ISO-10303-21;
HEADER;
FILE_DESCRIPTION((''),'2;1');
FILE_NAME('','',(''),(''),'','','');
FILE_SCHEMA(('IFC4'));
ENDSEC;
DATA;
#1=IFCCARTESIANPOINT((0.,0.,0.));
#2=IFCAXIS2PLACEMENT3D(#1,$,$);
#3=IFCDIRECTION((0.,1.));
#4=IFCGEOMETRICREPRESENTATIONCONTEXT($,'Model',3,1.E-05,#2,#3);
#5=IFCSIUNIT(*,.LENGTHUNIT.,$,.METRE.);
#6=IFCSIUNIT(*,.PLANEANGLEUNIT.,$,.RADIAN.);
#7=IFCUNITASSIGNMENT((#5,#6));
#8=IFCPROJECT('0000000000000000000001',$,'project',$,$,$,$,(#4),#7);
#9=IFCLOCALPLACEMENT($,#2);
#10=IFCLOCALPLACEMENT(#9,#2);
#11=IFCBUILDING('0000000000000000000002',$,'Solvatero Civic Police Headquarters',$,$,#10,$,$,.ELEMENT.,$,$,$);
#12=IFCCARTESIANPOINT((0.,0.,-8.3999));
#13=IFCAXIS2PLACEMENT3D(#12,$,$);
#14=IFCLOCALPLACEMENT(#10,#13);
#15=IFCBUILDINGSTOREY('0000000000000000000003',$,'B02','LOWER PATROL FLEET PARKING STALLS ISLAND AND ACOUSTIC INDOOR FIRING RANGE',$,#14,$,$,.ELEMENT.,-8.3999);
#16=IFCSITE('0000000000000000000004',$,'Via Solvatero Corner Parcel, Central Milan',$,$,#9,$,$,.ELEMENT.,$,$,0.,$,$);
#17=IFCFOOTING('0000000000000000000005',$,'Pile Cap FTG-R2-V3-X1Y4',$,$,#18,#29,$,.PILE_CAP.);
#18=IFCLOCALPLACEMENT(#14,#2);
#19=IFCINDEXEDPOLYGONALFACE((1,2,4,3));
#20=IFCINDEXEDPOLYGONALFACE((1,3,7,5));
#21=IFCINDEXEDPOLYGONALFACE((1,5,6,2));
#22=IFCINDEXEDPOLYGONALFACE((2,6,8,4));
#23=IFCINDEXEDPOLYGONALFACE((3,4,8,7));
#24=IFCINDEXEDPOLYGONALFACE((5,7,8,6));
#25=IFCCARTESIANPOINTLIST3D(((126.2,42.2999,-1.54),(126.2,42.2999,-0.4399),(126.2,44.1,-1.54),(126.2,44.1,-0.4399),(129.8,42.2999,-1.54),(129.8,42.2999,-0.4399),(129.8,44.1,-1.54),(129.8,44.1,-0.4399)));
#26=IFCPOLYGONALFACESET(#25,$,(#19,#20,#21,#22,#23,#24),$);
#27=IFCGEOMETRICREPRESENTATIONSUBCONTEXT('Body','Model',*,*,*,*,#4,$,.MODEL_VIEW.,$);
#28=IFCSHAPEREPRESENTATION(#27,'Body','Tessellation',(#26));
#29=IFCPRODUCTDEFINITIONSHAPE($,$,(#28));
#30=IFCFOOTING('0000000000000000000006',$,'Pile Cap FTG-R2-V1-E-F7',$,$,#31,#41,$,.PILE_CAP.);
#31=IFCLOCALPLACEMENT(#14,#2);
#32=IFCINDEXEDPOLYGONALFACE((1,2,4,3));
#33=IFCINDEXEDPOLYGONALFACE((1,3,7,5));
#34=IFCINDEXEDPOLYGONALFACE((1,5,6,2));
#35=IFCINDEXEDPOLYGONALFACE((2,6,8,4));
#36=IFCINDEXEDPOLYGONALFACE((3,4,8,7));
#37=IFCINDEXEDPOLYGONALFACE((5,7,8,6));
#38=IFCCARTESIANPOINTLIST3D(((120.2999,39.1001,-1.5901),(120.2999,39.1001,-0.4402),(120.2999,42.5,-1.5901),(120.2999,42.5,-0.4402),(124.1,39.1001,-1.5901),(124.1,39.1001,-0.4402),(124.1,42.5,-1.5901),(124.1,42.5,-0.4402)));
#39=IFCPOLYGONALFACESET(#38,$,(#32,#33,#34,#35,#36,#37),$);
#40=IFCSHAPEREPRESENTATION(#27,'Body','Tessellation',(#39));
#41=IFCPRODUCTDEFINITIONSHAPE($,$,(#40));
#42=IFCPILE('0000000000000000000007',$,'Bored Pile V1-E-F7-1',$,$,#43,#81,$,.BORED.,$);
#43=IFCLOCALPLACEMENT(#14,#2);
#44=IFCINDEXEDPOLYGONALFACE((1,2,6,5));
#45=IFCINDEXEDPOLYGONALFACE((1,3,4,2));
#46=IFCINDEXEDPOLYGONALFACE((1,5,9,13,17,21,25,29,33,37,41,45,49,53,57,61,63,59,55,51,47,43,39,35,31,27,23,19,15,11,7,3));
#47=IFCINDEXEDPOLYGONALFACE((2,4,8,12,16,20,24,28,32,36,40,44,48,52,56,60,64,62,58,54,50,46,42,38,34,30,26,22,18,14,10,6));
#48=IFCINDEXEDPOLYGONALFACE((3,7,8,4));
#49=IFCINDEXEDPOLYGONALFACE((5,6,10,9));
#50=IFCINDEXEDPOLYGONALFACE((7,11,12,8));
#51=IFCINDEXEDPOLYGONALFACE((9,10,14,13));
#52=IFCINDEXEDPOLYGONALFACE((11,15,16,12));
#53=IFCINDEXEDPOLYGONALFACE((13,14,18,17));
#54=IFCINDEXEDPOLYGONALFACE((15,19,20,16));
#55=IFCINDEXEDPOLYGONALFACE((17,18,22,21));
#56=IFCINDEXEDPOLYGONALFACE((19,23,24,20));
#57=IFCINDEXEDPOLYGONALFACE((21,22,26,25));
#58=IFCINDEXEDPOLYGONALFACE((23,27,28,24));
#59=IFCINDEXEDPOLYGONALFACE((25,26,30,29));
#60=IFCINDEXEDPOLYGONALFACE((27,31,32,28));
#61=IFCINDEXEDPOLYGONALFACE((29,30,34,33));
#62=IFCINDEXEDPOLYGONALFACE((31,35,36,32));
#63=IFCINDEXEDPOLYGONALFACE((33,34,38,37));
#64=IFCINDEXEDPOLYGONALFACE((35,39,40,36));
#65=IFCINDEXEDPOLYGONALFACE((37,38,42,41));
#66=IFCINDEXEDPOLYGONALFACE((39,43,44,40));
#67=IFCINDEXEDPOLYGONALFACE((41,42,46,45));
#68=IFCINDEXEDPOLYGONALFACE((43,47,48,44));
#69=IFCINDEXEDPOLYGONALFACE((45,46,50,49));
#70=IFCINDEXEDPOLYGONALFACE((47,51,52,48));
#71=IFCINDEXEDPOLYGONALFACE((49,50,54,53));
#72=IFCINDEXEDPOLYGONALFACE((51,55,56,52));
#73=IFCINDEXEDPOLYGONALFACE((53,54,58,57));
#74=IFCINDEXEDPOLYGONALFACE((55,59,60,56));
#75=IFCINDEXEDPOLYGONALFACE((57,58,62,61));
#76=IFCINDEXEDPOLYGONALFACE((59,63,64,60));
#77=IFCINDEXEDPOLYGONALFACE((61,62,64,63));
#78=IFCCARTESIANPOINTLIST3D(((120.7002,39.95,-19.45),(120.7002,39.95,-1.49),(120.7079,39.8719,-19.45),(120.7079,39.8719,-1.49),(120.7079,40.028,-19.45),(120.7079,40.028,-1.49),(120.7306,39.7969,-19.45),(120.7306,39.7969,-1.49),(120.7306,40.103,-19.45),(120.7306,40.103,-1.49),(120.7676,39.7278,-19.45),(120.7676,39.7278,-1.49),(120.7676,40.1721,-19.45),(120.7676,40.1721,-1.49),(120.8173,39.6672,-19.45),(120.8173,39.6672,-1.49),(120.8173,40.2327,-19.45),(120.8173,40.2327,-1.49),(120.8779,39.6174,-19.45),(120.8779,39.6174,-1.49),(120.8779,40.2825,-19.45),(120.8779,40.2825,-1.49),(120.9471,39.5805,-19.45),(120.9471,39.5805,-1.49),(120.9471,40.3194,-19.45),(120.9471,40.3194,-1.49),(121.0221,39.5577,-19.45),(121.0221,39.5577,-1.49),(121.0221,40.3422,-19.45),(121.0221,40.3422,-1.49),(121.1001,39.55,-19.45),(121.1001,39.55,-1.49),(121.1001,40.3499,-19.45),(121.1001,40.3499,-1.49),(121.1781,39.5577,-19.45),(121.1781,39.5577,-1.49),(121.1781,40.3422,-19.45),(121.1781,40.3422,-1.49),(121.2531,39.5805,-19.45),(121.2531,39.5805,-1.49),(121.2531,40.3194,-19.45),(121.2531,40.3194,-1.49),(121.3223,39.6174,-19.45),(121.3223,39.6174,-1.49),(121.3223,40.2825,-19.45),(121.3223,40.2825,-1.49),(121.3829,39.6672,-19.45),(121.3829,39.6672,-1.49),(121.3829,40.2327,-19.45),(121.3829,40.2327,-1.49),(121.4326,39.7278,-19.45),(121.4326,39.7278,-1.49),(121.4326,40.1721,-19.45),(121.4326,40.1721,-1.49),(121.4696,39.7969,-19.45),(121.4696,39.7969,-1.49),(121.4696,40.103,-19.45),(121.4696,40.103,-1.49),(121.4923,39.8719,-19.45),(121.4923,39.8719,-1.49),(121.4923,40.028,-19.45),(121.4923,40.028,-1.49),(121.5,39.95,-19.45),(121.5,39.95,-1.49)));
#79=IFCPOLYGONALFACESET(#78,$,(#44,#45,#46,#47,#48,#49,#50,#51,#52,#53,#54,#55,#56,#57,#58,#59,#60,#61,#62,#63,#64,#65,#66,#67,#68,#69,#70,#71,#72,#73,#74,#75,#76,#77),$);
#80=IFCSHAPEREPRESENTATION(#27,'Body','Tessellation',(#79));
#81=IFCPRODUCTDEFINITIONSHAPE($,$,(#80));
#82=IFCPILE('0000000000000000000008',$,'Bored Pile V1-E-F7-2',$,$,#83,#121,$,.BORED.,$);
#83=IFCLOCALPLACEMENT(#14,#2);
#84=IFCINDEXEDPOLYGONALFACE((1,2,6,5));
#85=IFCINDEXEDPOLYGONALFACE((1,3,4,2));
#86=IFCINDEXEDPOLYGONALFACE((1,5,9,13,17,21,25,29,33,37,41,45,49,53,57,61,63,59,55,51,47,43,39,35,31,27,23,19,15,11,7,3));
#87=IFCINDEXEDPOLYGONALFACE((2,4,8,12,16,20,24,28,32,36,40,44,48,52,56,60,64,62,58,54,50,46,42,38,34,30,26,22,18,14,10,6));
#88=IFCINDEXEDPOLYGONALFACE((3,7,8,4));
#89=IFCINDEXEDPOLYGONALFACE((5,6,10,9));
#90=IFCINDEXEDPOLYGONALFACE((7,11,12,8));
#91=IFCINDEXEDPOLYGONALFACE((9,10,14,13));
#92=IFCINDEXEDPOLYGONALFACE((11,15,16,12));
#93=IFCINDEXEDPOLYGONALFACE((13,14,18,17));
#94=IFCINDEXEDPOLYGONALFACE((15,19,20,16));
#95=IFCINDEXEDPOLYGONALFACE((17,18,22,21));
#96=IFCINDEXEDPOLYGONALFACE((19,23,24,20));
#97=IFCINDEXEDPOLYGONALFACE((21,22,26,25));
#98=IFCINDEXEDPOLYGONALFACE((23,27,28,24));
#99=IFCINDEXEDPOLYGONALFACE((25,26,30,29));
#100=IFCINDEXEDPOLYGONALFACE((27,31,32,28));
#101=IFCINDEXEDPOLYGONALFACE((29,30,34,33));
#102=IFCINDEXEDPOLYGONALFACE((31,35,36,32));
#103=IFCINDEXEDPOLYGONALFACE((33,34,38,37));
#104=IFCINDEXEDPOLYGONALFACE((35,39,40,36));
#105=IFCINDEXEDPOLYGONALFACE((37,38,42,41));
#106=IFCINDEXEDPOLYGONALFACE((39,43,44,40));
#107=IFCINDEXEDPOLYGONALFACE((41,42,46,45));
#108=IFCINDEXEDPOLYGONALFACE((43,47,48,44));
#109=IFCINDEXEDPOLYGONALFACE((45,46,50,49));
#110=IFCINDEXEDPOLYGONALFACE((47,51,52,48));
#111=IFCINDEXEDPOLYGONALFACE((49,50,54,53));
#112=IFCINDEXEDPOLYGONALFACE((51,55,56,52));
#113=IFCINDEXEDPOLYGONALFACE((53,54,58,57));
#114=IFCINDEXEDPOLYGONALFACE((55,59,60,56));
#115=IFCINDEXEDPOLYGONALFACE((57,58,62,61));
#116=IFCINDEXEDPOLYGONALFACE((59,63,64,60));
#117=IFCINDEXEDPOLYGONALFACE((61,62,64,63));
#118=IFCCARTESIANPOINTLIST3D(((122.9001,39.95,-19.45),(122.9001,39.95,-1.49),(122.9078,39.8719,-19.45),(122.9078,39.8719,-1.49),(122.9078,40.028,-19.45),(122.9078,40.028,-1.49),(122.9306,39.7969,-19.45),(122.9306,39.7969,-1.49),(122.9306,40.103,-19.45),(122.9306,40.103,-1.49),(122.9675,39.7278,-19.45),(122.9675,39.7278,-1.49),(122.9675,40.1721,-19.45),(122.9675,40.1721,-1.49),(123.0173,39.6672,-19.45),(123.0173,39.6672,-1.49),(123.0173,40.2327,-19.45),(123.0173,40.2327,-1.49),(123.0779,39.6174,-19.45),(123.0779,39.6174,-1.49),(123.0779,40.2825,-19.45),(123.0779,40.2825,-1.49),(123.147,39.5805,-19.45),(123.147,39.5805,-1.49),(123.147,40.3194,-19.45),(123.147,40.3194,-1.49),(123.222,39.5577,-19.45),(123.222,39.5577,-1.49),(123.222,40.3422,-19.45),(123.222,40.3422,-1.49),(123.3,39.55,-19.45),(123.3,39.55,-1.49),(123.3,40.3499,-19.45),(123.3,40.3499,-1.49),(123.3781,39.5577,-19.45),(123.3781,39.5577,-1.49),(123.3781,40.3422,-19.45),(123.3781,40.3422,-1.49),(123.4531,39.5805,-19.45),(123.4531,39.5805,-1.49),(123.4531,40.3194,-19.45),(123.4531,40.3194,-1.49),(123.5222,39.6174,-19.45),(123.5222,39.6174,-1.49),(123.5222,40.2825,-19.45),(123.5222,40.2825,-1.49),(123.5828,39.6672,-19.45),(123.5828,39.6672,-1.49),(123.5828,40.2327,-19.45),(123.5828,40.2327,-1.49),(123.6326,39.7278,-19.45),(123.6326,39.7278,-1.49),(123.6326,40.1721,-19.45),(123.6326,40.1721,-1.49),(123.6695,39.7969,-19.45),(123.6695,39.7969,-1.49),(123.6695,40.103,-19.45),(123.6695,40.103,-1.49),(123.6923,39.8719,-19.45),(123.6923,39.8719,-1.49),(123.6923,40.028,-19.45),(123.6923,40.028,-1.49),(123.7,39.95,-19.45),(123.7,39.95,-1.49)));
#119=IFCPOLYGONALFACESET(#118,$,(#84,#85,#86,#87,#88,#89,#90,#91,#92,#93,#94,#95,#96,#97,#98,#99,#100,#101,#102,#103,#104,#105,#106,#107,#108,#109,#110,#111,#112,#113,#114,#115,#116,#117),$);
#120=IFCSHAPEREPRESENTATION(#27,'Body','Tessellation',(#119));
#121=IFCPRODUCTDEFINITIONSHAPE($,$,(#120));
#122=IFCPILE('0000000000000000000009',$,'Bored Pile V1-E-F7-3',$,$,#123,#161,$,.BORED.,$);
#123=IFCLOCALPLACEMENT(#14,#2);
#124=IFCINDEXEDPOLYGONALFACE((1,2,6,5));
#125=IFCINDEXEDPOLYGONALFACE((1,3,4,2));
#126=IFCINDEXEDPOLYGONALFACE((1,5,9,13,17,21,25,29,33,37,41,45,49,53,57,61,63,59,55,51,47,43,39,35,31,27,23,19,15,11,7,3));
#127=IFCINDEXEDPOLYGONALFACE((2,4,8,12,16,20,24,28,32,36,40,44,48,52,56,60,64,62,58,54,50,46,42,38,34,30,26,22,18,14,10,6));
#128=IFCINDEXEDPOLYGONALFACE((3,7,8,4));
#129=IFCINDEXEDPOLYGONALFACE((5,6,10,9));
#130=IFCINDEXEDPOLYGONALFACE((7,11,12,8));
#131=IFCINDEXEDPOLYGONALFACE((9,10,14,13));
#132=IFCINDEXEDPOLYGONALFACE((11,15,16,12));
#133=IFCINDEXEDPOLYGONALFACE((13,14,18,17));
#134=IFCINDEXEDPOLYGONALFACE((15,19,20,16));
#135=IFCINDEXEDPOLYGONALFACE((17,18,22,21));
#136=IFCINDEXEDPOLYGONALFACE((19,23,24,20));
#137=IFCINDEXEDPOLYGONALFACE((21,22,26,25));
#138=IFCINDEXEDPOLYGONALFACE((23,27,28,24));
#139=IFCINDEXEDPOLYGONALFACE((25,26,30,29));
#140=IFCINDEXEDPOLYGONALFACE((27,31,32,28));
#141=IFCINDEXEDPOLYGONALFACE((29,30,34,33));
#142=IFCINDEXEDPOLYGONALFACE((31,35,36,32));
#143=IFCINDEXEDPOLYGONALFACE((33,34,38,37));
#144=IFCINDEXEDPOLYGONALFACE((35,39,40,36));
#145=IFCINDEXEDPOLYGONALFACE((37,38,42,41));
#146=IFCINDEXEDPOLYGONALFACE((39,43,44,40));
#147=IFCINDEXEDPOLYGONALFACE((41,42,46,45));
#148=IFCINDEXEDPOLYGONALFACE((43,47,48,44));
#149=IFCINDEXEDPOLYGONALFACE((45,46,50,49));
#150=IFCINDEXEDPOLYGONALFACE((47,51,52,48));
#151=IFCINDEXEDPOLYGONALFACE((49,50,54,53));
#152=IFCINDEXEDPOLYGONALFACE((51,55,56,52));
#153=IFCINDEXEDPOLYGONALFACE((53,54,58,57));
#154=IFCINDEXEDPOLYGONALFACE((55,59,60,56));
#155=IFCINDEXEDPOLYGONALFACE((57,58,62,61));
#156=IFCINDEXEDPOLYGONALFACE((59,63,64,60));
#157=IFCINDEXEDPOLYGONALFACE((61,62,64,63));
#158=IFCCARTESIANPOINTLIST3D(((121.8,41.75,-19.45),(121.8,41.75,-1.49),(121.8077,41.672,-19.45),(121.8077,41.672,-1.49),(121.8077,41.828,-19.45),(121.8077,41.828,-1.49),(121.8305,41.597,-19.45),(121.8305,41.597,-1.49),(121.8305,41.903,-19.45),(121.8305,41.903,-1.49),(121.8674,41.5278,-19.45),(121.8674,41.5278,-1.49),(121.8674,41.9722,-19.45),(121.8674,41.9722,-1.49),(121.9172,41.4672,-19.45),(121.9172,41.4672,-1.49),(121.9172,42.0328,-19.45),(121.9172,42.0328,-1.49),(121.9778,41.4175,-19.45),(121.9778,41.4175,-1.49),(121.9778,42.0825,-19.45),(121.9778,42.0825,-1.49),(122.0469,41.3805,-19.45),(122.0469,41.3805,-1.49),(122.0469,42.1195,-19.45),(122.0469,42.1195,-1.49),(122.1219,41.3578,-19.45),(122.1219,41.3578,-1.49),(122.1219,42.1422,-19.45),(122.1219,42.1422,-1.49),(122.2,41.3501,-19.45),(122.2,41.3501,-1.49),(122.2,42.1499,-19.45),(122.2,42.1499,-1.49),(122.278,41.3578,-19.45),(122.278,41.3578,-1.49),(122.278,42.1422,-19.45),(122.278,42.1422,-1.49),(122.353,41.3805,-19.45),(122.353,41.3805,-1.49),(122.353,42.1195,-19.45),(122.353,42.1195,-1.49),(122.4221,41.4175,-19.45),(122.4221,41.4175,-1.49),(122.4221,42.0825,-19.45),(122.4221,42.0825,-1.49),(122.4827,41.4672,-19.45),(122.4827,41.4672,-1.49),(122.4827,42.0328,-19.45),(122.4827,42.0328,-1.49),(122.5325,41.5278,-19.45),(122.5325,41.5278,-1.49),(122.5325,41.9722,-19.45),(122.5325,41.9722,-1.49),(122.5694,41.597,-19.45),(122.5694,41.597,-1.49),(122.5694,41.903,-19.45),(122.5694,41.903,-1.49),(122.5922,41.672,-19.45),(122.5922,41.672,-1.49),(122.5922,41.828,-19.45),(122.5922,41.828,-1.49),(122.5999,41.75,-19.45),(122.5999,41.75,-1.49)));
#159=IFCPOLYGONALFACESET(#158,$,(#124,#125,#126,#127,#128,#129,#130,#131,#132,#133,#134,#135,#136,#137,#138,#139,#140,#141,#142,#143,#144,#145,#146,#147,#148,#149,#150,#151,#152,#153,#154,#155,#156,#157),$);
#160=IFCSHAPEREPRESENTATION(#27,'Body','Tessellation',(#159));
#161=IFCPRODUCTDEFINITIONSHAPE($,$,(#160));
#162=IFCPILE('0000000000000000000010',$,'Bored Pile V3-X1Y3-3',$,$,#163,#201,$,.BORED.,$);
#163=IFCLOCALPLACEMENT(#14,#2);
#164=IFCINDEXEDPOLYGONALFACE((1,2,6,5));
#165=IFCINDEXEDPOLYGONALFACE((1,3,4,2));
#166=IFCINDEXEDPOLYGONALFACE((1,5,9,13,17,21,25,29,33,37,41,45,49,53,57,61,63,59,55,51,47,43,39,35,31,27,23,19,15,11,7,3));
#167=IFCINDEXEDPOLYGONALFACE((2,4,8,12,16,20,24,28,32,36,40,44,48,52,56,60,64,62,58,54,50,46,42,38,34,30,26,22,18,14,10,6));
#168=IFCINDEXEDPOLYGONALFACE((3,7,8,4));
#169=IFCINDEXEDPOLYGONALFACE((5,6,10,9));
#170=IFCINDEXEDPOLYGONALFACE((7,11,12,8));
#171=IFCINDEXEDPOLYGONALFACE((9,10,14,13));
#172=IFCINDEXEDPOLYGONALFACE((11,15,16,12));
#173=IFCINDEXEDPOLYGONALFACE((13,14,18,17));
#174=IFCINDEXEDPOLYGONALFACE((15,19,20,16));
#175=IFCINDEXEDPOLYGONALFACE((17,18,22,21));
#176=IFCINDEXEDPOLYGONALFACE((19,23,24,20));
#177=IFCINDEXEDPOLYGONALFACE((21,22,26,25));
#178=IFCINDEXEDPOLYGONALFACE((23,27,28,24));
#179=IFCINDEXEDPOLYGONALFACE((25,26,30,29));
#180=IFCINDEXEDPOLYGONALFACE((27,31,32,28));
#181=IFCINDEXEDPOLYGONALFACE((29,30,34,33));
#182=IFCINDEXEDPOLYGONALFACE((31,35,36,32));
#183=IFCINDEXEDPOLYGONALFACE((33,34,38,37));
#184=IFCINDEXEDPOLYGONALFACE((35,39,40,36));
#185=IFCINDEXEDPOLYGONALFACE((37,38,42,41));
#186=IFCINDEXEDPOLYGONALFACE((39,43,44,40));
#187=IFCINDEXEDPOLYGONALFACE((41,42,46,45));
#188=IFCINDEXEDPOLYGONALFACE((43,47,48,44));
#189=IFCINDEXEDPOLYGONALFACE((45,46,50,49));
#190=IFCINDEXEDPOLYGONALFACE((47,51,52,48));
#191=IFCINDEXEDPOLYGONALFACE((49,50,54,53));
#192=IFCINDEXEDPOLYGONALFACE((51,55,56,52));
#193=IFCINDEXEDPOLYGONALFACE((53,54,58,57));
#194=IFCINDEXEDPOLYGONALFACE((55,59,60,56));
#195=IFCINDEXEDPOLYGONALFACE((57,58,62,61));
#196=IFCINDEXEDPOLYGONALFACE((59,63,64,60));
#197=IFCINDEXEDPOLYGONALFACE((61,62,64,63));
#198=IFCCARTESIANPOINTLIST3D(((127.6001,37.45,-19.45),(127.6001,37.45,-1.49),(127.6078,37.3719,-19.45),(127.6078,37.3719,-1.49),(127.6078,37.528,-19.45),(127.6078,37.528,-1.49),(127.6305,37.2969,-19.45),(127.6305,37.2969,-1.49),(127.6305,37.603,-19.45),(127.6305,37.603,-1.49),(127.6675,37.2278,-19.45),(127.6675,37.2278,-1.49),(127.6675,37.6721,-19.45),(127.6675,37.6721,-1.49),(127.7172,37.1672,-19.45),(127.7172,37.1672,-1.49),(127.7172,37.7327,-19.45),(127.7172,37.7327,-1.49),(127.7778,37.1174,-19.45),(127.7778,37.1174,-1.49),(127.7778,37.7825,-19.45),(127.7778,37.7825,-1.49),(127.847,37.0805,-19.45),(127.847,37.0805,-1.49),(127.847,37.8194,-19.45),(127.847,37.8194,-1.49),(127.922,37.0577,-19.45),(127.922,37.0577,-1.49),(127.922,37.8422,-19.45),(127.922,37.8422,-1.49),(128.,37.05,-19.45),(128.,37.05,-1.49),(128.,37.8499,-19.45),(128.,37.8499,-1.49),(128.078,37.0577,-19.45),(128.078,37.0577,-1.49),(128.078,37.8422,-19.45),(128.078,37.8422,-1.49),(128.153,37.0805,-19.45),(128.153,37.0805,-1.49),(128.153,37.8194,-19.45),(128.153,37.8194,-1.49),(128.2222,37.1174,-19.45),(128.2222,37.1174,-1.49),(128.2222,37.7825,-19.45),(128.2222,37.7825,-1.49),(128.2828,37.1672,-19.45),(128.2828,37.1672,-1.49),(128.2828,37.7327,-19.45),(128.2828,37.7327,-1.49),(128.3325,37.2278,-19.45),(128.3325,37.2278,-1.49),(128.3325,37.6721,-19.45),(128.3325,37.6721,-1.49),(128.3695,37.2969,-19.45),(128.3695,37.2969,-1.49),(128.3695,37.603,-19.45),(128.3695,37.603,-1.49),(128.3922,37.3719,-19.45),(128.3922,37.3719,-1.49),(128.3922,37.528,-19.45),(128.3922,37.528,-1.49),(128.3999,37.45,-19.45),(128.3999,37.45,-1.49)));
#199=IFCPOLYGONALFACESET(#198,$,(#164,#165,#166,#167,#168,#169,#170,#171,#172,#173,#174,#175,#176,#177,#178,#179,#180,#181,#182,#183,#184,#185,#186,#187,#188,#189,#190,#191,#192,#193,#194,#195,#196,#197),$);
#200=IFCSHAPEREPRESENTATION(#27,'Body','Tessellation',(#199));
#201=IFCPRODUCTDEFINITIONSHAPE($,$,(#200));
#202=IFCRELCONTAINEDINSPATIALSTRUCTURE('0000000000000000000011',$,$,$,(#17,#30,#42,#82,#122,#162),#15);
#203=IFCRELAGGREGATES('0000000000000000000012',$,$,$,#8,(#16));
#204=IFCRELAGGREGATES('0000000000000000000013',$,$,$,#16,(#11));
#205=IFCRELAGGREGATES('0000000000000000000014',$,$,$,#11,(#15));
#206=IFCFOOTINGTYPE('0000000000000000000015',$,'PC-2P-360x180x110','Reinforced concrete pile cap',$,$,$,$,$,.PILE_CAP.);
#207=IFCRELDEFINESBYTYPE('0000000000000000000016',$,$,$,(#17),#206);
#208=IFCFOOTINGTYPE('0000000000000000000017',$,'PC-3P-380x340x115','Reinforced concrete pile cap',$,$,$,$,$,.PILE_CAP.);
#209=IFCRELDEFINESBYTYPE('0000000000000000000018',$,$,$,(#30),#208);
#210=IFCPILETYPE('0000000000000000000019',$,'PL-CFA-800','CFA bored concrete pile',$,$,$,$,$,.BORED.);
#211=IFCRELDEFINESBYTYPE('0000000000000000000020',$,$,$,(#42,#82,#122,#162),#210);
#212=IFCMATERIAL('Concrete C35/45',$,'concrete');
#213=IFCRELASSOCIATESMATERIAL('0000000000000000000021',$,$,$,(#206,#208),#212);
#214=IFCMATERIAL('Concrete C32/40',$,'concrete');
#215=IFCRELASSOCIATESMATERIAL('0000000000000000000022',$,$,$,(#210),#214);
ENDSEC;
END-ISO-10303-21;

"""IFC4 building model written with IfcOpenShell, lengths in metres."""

from ifc_helpers import new_model, si_unit, direction, frame, origin, origin_2d, place, context, subcontext, project, spatial, rectangle, circle, extrude, material, material_profile, profile_set, type_object, element, save


model = new_model("IFC4")

# Units and contexts
model_context = context("Model", 3, precision=1e-05, world=origin(), true_north=direction((0.0, 1.0)))
body_context = subcontext(model_context, "Body", "Model", "MODEL_VIEW")
ifc_project = project(units=[si_unit("LENGTHUNIT", "METRE"), si_unit("PLANEANGLEUNIT", "RADIAN")], contexts=[model_context])

# Site, building, storey
site_placement = place(None, origin())
site = spatial("IfcSite", under=ifc_project, at=site_placement, Name="Via Solvatero Corner Parcel, Central Milan", CompositionType="ELEMENT", RefElevation=0.0)
building_placement = place(site_placement, origin())
building = spatial("IfcBuilding", under=site, at=building_placement, Name="Solvatero Civic Police Headquarters", CompositionType="ELEMENT")
storey_placement = place(building_placement, frame((0.0, 0.0, -8.3999)))
storey = spatial("IfcBuildingStorey", under=building, at=storey_placement, Name="B02", Description="LOWER PATROL FLEET PARKING STALLS ISLAND AND ACOUSTIC INDOOR FIRING RANGE", CompositionType="ELEMENT", Elevation=-8.3999)

# Footings
ifc_material_1 = material(Name="Concrete C35/45", Category="concrete")
footing_type_1 = type_object("IfcFootingType", Name="PC-2P-360x180x110", Description="Reinforced concrete pile cap", PredefinedType="PILE_CAP", material=ifc_material_1)
footing_1_placement = place(storey_placement, frame((128.0, 43.2, -1.54), z_axis=(0.0, 0.0, 1.0), x_axis=(1.0, 0.0, 0.0)))
element("IfcFooting", 1, at=footing_1_placement, inside=storey, type_object=footing_type_1, Name="Pile Cap FTG-R2-V3-X1Y4", PredefinedType="PILE_CAP", context=body_context, shape_type="SweptSolid", body=[
    extrude(rectangle(XDim=3.6001, YDim=1.8, at=origin_2d()), origin(), (0.0, 0.0, 1.0), 1.1001),
])
footing_type_2 = type_object("IfcFootingType", Name="PC-3P-380x340x115", Description="Reinforced concrete pile cap", PredefinedType="PILE_CAP", material=ifc_material_1)
footing_2_placement = place(storey_placement, frame((122.2, 40.8, -1.5901), z_axis=(0.0, 0.0, 1.0), x_axis=(1.0, 0.0, 0.0)))
element("IfcFooting", 2, at=footing_2_placement, inside=storey, type_object=footing_type_2, Name="Pile Cap FTG-R2-V1-E-F7", PredefinedType="PILE_CAP", context=body_context, shape_type="SweptSolid", body=[
    extrude(rectangle(XDim=3.8, YDim=3.3999, at=origin_2d()), origin(), (0.0, 0.0, 1.0), 1.1499),
])

# Piles
ifc_material_2 = material(Name="Concrete C32/40", Category="concrete")
ifc_material_profile_1 = material_profile(ifc_material_2, circle(Radius=0.3999, at=origin_2d()), Name="CFA PILE D800")
ifc_profile_set_1 = profile_set([ifc_material_profile_1], Name="Concrete C32/40")
pile_type = type_object("IfcPileType", Name="PL-CFA-800", Description="CFA bored concrete pile", PredefinedType="BORED", material=ifc_profile_set_1)
for number, where, z_axis, x_axis, name in (
    (3, (121.1001, 39.95, -1.49), (0.0, 0.0, -1.0), (1.0, 0.0, 0.0), "Bored Pile V1-E-F7-1"),
    (4, (123.3, 39.95, -1.49), (0.0, 0.0, -1.0), (1.0, 0.0, 0.0), "Bored Pile V1-E-F7-2"),
    (5, (122.2, 41.75, -1.49), (0.0, 0.0, -1.0), (1.0, 0.0, 0.0), "Bored Pile V1-E-F7-3"),
    (6, (128.0, 37.45, -1.49), (0.0, 0.0, -1.0), (1.0, 0.0, 0.0), "Bored Pile V3-X1Y3-3"),
):
    element("IfcPile", number, at=place(storey_placement, frame(where, z_axis=z_axis, x_axis=x_axis)), inside=storey, type_object=pile_type, Name=name, PredefinedType="BORED", context=body_context, shape_type="SweptSolid", body=[
        extrude(circle(Radius=0.3999, at=origin_2d()), origin(), (0.0, 0.0, 1.0), 17.96),
    ])

save(model, "model.ifc")
